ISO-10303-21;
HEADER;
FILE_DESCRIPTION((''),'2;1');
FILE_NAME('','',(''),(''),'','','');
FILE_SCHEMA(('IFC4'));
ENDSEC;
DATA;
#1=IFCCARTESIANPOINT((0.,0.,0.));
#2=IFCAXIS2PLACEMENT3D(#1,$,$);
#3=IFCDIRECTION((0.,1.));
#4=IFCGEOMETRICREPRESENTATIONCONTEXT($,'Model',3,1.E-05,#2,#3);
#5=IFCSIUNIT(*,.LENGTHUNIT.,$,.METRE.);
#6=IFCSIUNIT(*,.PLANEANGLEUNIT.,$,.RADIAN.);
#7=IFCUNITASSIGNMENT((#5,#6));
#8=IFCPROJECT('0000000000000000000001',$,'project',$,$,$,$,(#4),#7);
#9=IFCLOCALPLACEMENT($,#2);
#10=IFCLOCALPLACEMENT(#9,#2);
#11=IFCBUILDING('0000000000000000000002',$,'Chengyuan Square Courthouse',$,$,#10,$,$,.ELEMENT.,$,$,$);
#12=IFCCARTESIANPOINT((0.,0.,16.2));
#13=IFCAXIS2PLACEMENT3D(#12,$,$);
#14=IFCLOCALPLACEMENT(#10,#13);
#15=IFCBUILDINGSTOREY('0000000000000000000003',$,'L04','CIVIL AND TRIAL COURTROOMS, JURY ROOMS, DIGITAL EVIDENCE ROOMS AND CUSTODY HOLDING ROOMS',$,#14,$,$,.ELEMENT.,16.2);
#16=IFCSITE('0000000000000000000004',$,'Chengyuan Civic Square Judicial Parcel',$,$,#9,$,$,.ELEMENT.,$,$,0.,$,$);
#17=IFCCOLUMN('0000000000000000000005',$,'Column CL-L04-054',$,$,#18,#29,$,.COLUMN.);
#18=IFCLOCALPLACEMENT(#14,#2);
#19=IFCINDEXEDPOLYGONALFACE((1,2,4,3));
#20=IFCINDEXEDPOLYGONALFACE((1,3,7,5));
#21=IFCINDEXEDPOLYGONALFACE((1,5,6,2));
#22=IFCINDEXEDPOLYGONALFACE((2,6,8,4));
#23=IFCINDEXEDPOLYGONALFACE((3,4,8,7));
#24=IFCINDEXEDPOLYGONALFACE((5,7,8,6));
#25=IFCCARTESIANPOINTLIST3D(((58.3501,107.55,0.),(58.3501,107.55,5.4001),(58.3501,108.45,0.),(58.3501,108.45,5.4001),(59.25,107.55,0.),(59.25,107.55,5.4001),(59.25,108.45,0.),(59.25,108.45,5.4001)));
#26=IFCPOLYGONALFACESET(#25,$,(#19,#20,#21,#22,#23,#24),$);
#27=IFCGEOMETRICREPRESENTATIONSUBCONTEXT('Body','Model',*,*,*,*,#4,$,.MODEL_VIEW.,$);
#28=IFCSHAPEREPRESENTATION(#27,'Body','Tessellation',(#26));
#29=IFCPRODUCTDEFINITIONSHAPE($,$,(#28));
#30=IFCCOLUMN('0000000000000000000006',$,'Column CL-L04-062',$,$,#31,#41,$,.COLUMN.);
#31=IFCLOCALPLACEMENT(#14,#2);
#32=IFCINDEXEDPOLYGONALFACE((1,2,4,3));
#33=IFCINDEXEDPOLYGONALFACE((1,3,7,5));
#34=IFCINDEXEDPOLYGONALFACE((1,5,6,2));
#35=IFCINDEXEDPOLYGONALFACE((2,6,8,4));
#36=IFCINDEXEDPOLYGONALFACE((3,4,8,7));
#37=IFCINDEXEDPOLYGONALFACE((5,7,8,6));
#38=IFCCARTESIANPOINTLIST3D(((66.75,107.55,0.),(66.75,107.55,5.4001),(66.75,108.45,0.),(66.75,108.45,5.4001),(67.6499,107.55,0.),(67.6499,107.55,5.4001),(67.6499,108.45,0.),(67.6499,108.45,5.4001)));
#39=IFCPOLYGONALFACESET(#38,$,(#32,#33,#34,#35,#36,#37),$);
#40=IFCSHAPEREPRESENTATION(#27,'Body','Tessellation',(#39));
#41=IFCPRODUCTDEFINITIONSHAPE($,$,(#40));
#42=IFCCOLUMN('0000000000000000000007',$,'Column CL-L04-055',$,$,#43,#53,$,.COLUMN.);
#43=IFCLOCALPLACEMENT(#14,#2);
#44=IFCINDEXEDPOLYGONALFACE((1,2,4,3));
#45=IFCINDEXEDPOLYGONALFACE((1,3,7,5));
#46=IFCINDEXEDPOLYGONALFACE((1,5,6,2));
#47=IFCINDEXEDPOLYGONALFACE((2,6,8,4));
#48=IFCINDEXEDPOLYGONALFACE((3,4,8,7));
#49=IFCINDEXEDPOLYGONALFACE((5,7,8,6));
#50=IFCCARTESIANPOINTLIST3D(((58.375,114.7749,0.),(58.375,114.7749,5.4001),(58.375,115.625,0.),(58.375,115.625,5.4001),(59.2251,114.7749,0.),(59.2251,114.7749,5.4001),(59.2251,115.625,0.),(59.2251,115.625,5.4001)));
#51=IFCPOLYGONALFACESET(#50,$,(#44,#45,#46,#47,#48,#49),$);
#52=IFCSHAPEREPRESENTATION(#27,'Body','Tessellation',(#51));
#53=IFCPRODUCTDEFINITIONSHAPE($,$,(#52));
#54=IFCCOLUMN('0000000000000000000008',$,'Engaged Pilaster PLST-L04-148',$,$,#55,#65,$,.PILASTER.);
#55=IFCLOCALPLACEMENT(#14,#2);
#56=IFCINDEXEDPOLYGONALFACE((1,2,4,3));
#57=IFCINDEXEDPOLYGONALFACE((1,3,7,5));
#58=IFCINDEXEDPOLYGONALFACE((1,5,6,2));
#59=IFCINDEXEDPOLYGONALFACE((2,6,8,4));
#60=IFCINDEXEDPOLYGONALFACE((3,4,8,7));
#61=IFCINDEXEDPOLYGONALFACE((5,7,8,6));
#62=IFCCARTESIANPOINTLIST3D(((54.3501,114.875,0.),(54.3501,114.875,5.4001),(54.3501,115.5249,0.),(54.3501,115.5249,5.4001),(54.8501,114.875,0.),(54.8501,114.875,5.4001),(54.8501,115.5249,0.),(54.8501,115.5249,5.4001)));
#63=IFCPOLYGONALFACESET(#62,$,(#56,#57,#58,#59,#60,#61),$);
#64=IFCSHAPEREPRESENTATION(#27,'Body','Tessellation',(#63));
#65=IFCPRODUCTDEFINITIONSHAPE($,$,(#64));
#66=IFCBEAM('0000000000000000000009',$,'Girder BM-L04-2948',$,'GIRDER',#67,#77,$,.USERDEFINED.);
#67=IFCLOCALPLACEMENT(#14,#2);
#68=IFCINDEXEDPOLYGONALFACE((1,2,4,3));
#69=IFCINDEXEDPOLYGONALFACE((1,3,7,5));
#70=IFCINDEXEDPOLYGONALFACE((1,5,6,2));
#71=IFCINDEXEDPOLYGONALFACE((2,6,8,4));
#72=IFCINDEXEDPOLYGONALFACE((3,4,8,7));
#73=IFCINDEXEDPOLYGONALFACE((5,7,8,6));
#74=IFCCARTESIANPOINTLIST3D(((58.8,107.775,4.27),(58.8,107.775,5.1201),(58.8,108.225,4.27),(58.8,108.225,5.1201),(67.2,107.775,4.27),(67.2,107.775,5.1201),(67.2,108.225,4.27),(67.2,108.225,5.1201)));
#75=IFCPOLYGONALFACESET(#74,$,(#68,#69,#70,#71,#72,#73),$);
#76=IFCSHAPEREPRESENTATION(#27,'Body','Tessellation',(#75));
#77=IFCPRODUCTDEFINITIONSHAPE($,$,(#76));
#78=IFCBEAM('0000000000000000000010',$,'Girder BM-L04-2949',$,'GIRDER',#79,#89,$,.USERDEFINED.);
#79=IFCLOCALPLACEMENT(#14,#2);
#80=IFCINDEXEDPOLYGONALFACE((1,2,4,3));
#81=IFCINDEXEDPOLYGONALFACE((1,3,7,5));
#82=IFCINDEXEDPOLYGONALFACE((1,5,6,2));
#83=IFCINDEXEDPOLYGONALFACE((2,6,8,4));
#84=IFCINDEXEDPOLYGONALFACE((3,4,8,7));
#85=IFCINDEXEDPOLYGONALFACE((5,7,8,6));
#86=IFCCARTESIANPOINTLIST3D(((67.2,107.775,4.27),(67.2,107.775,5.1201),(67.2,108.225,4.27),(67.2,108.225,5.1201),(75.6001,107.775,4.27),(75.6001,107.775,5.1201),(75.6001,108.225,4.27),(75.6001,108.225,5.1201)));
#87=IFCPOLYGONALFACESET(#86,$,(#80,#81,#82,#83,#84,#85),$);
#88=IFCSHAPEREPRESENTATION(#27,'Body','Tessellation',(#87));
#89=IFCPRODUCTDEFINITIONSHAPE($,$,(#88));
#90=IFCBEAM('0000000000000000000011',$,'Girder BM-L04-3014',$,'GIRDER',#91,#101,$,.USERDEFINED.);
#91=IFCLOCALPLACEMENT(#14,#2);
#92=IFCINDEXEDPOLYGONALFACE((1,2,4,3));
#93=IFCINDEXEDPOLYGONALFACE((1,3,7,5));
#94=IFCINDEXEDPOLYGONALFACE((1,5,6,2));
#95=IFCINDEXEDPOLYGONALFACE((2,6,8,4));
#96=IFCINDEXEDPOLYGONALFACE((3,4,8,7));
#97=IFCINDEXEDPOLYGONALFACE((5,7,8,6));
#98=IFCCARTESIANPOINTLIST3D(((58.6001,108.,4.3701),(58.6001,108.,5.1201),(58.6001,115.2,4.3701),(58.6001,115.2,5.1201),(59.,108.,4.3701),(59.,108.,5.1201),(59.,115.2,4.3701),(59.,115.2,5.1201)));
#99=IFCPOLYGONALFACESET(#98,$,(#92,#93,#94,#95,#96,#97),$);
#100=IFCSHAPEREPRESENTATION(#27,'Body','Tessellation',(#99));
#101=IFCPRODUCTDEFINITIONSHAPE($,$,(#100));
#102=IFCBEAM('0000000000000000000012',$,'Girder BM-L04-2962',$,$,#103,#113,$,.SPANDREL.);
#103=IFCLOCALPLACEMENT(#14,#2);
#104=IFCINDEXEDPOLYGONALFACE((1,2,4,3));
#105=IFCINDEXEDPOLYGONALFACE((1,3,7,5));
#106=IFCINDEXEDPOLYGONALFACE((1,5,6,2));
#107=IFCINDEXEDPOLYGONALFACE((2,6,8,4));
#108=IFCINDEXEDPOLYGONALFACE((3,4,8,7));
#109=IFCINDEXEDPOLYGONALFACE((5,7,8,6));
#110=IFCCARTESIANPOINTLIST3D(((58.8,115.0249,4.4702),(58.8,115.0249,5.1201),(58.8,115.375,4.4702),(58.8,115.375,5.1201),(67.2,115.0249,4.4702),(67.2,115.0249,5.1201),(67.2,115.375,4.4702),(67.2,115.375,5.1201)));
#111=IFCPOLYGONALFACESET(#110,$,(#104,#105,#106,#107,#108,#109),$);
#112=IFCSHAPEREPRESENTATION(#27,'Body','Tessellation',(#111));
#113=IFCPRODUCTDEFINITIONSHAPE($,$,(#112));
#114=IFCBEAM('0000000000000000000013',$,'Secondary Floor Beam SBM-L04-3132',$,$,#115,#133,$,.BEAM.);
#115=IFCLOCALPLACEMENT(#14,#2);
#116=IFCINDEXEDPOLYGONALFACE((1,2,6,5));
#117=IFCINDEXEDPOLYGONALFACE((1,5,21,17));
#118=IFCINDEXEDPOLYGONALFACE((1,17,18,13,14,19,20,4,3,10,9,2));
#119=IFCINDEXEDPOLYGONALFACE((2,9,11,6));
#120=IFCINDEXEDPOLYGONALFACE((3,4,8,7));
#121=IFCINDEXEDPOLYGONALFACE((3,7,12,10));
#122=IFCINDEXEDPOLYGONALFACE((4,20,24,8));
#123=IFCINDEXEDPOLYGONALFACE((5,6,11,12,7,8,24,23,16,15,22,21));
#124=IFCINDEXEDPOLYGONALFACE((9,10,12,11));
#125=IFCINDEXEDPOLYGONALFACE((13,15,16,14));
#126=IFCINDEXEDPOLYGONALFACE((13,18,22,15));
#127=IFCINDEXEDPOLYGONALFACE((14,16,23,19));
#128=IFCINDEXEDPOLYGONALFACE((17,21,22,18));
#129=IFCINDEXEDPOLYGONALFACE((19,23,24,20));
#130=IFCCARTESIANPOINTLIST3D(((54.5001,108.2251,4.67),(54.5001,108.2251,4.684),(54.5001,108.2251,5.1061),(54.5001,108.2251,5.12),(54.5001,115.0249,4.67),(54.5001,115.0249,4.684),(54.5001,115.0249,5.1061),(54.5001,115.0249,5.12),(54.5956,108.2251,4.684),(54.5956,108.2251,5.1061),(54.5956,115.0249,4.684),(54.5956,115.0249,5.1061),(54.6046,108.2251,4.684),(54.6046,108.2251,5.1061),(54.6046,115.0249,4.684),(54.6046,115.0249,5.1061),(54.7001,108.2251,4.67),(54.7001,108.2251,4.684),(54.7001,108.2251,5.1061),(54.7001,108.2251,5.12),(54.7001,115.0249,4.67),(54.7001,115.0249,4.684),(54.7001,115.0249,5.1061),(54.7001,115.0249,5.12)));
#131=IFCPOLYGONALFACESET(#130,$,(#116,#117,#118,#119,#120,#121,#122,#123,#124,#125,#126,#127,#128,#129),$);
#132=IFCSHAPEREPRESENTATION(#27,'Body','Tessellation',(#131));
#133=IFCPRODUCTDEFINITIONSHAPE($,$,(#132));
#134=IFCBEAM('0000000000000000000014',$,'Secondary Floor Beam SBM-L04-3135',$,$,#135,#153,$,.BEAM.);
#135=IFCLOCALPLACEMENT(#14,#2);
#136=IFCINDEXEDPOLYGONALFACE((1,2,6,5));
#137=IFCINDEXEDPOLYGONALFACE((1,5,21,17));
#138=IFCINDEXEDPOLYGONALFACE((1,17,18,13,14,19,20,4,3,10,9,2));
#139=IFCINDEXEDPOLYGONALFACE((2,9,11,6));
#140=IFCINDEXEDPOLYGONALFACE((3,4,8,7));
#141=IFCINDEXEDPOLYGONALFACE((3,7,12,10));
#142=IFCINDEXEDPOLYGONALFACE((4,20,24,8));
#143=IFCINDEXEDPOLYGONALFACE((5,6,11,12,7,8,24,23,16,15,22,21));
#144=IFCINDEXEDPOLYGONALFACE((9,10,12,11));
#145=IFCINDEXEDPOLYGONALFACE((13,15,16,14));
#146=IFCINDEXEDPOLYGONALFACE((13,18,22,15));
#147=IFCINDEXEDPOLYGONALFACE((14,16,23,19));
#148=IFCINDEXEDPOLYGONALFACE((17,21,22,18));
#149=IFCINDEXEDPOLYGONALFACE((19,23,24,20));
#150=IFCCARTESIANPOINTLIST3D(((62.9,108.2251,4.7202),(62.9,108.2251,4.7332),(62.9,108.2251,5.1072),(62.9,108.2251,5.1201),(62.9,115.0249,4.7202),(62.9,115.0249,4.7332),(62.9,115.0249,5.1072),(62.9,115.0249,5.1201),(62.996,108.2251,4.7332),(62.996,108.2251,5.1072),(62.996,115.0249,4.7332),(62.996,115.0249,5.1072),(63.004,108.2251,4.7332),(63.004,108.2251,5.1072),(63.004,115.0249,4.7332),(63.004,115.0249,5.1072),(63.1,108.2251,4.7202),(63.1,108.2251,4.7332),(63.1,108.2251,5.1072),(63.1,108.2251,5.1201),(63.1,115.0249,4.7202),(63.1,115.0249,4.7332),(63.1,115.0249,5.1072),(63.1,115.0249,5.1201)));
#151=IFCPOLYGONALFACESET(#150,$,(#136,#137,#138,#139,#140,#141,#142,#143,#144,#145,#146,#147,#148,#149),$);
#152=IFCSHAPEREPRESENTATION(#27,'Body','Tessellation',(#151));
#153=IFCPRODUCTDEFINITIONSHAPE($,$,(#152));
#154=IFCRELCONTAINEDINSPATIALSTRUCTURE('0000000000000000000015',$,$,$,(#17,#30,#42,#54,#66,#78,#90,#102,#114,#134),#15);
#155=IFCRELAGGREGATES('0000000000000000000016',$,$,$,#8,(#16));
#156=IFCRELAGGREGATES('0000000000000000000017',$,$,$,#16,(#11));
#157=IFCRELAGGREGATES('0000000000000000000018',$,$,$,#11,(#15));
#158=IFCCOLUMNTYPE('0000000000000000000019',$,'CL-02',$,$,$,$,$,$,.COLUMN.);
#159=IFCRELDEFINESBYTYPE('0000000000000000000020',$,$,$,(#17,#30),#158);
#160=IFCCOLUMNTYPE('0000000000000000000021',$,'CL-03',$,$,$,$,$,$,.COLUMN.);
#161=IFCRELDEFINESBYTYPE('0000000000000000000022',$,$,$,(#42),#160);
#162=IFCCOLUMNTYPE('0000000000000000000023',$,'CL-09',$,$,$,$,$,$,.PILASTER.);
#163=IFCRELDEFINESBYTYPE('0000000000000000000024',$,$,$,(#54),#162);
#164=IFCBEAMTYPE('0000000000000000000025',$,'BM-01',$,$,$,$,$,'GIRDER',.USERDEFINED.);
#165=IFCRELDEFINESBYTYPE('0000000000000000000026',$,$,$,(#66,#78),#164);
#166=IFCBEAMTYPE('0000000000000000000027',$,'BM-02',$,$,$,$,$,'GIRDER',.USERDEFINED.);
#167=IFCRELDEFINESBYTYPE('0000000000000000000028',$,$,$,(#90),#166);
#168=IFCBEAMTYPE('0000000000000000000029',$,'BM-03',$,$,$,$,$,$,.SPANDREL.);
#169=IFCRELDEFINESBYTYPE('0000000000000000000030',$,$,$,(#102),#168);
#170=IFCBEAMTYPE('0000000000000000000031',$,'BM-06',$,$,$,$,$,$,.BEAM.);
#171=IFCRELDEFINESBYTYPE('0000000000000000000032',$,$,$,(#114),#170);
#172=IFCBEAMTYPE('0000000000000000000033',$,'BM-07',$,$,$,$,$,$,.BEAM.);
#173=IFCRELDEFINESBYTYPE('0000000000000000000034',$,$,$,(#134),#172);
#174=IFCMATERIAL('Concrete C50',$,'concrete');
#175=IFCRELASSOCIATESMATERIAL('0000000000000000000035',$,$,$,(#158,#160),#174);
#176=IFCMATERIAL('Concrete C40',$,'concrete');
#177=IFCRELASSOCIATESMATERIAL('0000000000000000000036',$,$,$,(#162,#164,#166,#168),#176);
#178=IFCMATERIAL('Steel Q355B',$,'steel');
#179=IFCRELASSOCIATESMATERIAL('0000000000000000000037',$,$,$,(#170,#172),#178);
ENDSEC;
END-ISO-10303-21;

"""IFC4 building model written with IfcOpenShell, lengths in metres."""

from ifc_helpers import new_model, si_unit, direction, frame, origin, origin_2d, place, context, subcontext, project, spatial, rectangle, i_section, extrude, material, material_profile, profile_set, type_object, element, save


model = new_model("IFC4")

# Units and contexts
model_context = context("Model", 3, precision=1e-05, world=origin(), true_north=direction((0.0, 1.0)))
body_context = subcontext(model_context, "Body", "Model", "MODEL_VIEW")
ifc_project = project(units=[si_unit("LENGTHUNIT", "METRE"), si_unit("PLANEANGLEUNIT", "RADIAN")], contexts=[model_context])

# Site, building, storey
site_placement = place(None, origin())
site = spatial("IfcSite", under=ifc_project, at=site_placement, Name="Chengyuan Civic Square Judicial Parcel", CompositionType="ELEMENT", RefElevation=0.0)
building_placement = place(site_placement, origin())
building = spatial("IfcBuilding", under=site, at=building_placement, Name="Chengyuan Square Courthouse", CompositionType="ELEMENT")
storey_placement = place(building_placement, frame((0.0, 0.0, 16.2)))
storey = spatial("IfcBuildingStorey", under=building, at=storey_placement, Name="L04", Description="CIVIL AND TRIAL COURTROOMS, JURY ROOMS, DIGITAL EVIDENCE ROOMS AND CUSTODY HOLDING ROOMS", CompositionType="ELEMENT", Elevation=16.2)

# Columns
ifc_material_1 = material(Name="Concrete C50", Category="concrete")
ifc_material_profile_1 = material_profile(ifc_material_1, rectangle(XDim=0.8999, YDim=0.8999, at=origin_2d()), Name="RC-COL-900x900")
ifc_profile_set_1 = profile_set([ifc_material_profile_1], Name="Concrete C50")
column_type_1 = type_object("IfcColumnType", Name="CL-02", PredefinedType="COLUMN", material=ifc_profile_set_1)
for number, where, z_axis, x_axis, name in (
    (1, (58.8, 108.0, 0.0), (0.0, 0.0, 1.0), (1.0, 0.0, 0.0), "Column CL-L04-054"),
    (2, (67.2, 108.0, 0.0), (0.0, 0.0, 1.0), (1.0, 0.0, 0.0), "Column CL-L04-062"),
):
    element("IfcColumn", number, at=place(storey_placement, frame(where, z_axis=z_axis, x_axis=x_axis)), inside=storey, type_object=column_type_1, Name=name, PredefinedType="COLUMN", context=body_context, shape_type="SweptSolid", body=[
        extrude(rectangle(XDim=0.8999, YDim=0.8999, at=origin_2d()), origin(), (0.0, 0.0, 1.0), 5.4001),
    ])
ifc_material_profile_2 = material_profile(ifc_material_1, rectangle(XDim=0.8501, YDim=0.8501, at=origin_2d()), Name="RC-COL-850x850")
ifc_profile_set_2 = profile_set([ifc_material_profile_2], Name="Concrete C50")
column_type_2 = type_object("IfcColumnType", Name="CL-03", PredefinedType="COLUMN", material=ifc_profile_set_2)
column_1_placement = place(storey_placement, frame((58.8, 115.2, 0.0), z_axis=(0.0, 0.0, 1.0), x_axis=(1.0, 0.0, 0.0)))
element("IfcColumn", 3, at=column_1_placement, inside=storey, type_object=column_type_2, Name="Column CL-L04-055", PredefinedType="COLUMN", context=body_context, shape_type="SweptSolid", body=[
    extrude(rectangle(XDim=0.8501, YDim=0.8501, at=origin_2d()), origin(), (0.0, 0.0, 1.0), 5.4001),
])
ifc_material_2 = material(Name="Concrete C40", Category="concrete")
ifc_material_profile_3 = material_profile(ifc_material_2, rectangle(XDim=0.5, YDim=0.6499, at=origin_2d()), Name="RC-PIL-500x650")
ifc_profile_set_3 = profile_set([ifc_material_profile_3], Name="Concrete C40")
column_type_3 = type_object("IfcColumnType", Name="CL-09", PredefinedType="PILASTER", material=ifc_profile_set_3)
column_2_placement = place(storey_placement, frame((54.6001, 115.2, 0.0), z_axis=(0.0, 0.0, 1.0), x_axis=(1.0, 0.0, 0.0)))
element("IfcColumn", 4, at=column_2_placement, inside=storey, type_object=column_type_3, Name="Engaged Pilaster PLST-L04-148", PredefinedType="PILASTER", context=body_context, shape_type="SweptSolid", body=[
    extrude(rectangle(XDim=0.5, YDim=0.6499, at=origin_2d()), origin(), (0.0, 0.0, 1.0), 5.4001),
])

# Beams
ifc_material_profile_4 = material_profile(ifc_material_2, rectangle(XDim=0.45, YDim=0.8501, at=origin_2d()), Name="RC-BM-450x850")
ifc_profile_set_4 = profile_set([ifc_material_profile_4], Name="Concrete C40")
beam_type_1 = type_object("IfcBeamType", Name="BM-01", ElementType="GIRDER", PredefinedType="USERDEFINED", material=ifc_profile_set_4)
beam_1_placement = place(storey_placement, frame((58.8, 108.0, 4.6951), z_axis=(1.0, 0.0, 0.0), x_axis=(0.0, 1.0, 0.0)))
element("IfcBeam", 5, at=beam_1_placement, inside=storey, type_object=beam_type_1, Name="Girder BM-L04-2948", ObjectType="GIRDER", PredefinedType="USERDEFINED", context=body_context, shape_type="SweptSolid", body=[
    extrude(rectangle(XDim=0.45, YDim=0.8501, at=origin_2d()), origin(), (0.0, 0.0, 1.0), 8.3999),
])
beam_2_placement = place(storey_placement, frame((67.2, 108.0, 4.6951), z_axis=(1.0, 0.0, 0.0), x_axis=(0.0, 1.0, 0.0)))
element("IfcBeam", 6, at=beam_2_placement, inside=storey, type_object=beam_type_1, Name="Girder BM-L04-2949", ObjectType="GIRDER", PredefinedType="USERDEFINED", context=body_context, shape_type="SweptSolid", body=[
    extrude(rectangle(XDim=0.45, YDim=0.8501, at=origin_2d()), origin(), (0.0, 0.0, 1.0), 8.4001),
])
ifc_material_profile_5 = material_profile(ifc_material_2, rectangle(XDim=0.3999, YDim=0.75, at=origin_2d()), Name="RC-BM-400x750")
ifc_profile_set_5 = profile_set([ifc_material_profile_5], Name="Concrete C40")
beam_type_2 = type_object("IfcBeamType", Name="BM-02", ElementType="GIRDER", PredefinedType="USERDEFINED", material=ifc_profile_set_5)
beam_3_placement = place(storey_placement, frame((58.8, 108.0, 4.7451), z_axis=(0.0, 1.0, 0.0), x_axis=(-1.0, 0.0, 0.0)))
element("IfcBeam", 7, at=beam_3_placement, inside=storey, type_object=beam_type_2, Name="Girder BM-L04-3014", ObjectType="GIRDER", PredefinedType="USERDEFINED", context=body_context, shape_type="SweptSolid", body=[
    extrude(rectangle(XDim=0.3999, YDim=0.75, at=origin_2d()), origin(), (0.0, 0.0, 1.0), 7.2),
])
ifc_material_profile_6 = material_profile(ifc_material_2, rectangle(XDim=0.3501, YDim=0.6499, at=origin_2d()), Name="RC-BM-350x650")
ifc_profile_set_6 = profile_set([ifc_material_profile_6], Name="Concrete C40")
beam_type_3 = type_object("IfcBeamType", Name="BM-03", PredefinedType="SPANDREL", material=ifc_profile_set_6)
beam_4_placement = place(storey_placement, frame((58.8, 115.2, 4.7952), z_axis=(1.0, 0.0, 0.0), x_axis=(0.0, 1.0, 0.0)))
element("IfcBeam", 8, at=beam_4_placement, inside=storey, type_object=beam_type_3, Name="Girder BM-L04-2962", PredefinedType="SPANDREL", context=body_context, shape_type="SweptSolid", body=[
    extrude(rectangle(XDim=0.3501, YDim=0.6499, at=origin_2d()), origin(), (0.0, 0.0, 1.0), 8.3999),
])
ifc_material_3 = material(Name="Steel Q355B", Category="steel")
ifc_material_profile_7 = material_profile(ifc_material_3, i_section(OverallWidth=0.2, OverallDepth=0.45, WebThickness=0.009, FlangeThickness=0.0139, at=origin_2d()), Name="HN 450x200x9x14")
ifc_profile_set_7 = profile_set([ifc_material_profile_7], Name="Steel Q355B")
beam_type_4 = type_object("IfcBeamType", Name="BM-06", PredefinedType="BEAM", material=ifc_profile_set_7)
beam_5_placement = place(storey_placement, frame((54.6001, 108.2251, 4.895), z_axis=(0.0, 1.0, 0.0), x_axis=(-1.0, 0.0, 0.0)))
element("IfcBeam", 9, at=beam_5_placement, inside=storey, type_object=beam_type_4, Name="Secondary Floor Beam SBM-L04-3132", PredefinedType="BEAM", context=body_context, shape_type="SweptSolid", body=[
    extrude(i_section(OverallWidth=0.2, OverallDepth=0.45, WebThickness=0.009, FlangeThickness=0.0139, at=origin_2d()), origin(), (0.0, 0.0, 1.0), 6.7998),
])
ifc_material_profile_8 = material_profile(ifc_material_3, i_section(OverallWidth=0.2, OverallDepth=0.3999, WebThickness=0.0081, FlangeThickness=0.0129, at=origin_2d()), Name="HN 400x200x8x13")
ifc_profile_set_8 = profile_set([ifc_material_profile_8], Name="Steel Q355B")
beam_type_5 = type_object("IfcBeamType", Name="BM-07", PredefinedType="BEAM", material=ifc_profile_set_8)
beam_6_placement = place(storey_placement, frame((63.0, 108.2251, 4.9202), z_axis=(0.0, 1.0, 0.0), x_axis=(-1.0, 0.0, 0.0)))
element("IfcBeam", 10, at=beam_6_placement, inside=storey, type_object=beam_type_5, Name="Secondary Floor Beam SBM-L04-3135", PredefinedType="BEAM", context=body_context, shape_type="SweptSolid", body=[
    extrude(i_section(OverallWidth=0.2, OverallDepth=0.3999, WebThickness=0.0081, FlangeThickness=0.0129, at=origin_2d()), origin(), (0.0, 0.0, 1.0), 6.7998),
])

save(model, "model.ifc")
